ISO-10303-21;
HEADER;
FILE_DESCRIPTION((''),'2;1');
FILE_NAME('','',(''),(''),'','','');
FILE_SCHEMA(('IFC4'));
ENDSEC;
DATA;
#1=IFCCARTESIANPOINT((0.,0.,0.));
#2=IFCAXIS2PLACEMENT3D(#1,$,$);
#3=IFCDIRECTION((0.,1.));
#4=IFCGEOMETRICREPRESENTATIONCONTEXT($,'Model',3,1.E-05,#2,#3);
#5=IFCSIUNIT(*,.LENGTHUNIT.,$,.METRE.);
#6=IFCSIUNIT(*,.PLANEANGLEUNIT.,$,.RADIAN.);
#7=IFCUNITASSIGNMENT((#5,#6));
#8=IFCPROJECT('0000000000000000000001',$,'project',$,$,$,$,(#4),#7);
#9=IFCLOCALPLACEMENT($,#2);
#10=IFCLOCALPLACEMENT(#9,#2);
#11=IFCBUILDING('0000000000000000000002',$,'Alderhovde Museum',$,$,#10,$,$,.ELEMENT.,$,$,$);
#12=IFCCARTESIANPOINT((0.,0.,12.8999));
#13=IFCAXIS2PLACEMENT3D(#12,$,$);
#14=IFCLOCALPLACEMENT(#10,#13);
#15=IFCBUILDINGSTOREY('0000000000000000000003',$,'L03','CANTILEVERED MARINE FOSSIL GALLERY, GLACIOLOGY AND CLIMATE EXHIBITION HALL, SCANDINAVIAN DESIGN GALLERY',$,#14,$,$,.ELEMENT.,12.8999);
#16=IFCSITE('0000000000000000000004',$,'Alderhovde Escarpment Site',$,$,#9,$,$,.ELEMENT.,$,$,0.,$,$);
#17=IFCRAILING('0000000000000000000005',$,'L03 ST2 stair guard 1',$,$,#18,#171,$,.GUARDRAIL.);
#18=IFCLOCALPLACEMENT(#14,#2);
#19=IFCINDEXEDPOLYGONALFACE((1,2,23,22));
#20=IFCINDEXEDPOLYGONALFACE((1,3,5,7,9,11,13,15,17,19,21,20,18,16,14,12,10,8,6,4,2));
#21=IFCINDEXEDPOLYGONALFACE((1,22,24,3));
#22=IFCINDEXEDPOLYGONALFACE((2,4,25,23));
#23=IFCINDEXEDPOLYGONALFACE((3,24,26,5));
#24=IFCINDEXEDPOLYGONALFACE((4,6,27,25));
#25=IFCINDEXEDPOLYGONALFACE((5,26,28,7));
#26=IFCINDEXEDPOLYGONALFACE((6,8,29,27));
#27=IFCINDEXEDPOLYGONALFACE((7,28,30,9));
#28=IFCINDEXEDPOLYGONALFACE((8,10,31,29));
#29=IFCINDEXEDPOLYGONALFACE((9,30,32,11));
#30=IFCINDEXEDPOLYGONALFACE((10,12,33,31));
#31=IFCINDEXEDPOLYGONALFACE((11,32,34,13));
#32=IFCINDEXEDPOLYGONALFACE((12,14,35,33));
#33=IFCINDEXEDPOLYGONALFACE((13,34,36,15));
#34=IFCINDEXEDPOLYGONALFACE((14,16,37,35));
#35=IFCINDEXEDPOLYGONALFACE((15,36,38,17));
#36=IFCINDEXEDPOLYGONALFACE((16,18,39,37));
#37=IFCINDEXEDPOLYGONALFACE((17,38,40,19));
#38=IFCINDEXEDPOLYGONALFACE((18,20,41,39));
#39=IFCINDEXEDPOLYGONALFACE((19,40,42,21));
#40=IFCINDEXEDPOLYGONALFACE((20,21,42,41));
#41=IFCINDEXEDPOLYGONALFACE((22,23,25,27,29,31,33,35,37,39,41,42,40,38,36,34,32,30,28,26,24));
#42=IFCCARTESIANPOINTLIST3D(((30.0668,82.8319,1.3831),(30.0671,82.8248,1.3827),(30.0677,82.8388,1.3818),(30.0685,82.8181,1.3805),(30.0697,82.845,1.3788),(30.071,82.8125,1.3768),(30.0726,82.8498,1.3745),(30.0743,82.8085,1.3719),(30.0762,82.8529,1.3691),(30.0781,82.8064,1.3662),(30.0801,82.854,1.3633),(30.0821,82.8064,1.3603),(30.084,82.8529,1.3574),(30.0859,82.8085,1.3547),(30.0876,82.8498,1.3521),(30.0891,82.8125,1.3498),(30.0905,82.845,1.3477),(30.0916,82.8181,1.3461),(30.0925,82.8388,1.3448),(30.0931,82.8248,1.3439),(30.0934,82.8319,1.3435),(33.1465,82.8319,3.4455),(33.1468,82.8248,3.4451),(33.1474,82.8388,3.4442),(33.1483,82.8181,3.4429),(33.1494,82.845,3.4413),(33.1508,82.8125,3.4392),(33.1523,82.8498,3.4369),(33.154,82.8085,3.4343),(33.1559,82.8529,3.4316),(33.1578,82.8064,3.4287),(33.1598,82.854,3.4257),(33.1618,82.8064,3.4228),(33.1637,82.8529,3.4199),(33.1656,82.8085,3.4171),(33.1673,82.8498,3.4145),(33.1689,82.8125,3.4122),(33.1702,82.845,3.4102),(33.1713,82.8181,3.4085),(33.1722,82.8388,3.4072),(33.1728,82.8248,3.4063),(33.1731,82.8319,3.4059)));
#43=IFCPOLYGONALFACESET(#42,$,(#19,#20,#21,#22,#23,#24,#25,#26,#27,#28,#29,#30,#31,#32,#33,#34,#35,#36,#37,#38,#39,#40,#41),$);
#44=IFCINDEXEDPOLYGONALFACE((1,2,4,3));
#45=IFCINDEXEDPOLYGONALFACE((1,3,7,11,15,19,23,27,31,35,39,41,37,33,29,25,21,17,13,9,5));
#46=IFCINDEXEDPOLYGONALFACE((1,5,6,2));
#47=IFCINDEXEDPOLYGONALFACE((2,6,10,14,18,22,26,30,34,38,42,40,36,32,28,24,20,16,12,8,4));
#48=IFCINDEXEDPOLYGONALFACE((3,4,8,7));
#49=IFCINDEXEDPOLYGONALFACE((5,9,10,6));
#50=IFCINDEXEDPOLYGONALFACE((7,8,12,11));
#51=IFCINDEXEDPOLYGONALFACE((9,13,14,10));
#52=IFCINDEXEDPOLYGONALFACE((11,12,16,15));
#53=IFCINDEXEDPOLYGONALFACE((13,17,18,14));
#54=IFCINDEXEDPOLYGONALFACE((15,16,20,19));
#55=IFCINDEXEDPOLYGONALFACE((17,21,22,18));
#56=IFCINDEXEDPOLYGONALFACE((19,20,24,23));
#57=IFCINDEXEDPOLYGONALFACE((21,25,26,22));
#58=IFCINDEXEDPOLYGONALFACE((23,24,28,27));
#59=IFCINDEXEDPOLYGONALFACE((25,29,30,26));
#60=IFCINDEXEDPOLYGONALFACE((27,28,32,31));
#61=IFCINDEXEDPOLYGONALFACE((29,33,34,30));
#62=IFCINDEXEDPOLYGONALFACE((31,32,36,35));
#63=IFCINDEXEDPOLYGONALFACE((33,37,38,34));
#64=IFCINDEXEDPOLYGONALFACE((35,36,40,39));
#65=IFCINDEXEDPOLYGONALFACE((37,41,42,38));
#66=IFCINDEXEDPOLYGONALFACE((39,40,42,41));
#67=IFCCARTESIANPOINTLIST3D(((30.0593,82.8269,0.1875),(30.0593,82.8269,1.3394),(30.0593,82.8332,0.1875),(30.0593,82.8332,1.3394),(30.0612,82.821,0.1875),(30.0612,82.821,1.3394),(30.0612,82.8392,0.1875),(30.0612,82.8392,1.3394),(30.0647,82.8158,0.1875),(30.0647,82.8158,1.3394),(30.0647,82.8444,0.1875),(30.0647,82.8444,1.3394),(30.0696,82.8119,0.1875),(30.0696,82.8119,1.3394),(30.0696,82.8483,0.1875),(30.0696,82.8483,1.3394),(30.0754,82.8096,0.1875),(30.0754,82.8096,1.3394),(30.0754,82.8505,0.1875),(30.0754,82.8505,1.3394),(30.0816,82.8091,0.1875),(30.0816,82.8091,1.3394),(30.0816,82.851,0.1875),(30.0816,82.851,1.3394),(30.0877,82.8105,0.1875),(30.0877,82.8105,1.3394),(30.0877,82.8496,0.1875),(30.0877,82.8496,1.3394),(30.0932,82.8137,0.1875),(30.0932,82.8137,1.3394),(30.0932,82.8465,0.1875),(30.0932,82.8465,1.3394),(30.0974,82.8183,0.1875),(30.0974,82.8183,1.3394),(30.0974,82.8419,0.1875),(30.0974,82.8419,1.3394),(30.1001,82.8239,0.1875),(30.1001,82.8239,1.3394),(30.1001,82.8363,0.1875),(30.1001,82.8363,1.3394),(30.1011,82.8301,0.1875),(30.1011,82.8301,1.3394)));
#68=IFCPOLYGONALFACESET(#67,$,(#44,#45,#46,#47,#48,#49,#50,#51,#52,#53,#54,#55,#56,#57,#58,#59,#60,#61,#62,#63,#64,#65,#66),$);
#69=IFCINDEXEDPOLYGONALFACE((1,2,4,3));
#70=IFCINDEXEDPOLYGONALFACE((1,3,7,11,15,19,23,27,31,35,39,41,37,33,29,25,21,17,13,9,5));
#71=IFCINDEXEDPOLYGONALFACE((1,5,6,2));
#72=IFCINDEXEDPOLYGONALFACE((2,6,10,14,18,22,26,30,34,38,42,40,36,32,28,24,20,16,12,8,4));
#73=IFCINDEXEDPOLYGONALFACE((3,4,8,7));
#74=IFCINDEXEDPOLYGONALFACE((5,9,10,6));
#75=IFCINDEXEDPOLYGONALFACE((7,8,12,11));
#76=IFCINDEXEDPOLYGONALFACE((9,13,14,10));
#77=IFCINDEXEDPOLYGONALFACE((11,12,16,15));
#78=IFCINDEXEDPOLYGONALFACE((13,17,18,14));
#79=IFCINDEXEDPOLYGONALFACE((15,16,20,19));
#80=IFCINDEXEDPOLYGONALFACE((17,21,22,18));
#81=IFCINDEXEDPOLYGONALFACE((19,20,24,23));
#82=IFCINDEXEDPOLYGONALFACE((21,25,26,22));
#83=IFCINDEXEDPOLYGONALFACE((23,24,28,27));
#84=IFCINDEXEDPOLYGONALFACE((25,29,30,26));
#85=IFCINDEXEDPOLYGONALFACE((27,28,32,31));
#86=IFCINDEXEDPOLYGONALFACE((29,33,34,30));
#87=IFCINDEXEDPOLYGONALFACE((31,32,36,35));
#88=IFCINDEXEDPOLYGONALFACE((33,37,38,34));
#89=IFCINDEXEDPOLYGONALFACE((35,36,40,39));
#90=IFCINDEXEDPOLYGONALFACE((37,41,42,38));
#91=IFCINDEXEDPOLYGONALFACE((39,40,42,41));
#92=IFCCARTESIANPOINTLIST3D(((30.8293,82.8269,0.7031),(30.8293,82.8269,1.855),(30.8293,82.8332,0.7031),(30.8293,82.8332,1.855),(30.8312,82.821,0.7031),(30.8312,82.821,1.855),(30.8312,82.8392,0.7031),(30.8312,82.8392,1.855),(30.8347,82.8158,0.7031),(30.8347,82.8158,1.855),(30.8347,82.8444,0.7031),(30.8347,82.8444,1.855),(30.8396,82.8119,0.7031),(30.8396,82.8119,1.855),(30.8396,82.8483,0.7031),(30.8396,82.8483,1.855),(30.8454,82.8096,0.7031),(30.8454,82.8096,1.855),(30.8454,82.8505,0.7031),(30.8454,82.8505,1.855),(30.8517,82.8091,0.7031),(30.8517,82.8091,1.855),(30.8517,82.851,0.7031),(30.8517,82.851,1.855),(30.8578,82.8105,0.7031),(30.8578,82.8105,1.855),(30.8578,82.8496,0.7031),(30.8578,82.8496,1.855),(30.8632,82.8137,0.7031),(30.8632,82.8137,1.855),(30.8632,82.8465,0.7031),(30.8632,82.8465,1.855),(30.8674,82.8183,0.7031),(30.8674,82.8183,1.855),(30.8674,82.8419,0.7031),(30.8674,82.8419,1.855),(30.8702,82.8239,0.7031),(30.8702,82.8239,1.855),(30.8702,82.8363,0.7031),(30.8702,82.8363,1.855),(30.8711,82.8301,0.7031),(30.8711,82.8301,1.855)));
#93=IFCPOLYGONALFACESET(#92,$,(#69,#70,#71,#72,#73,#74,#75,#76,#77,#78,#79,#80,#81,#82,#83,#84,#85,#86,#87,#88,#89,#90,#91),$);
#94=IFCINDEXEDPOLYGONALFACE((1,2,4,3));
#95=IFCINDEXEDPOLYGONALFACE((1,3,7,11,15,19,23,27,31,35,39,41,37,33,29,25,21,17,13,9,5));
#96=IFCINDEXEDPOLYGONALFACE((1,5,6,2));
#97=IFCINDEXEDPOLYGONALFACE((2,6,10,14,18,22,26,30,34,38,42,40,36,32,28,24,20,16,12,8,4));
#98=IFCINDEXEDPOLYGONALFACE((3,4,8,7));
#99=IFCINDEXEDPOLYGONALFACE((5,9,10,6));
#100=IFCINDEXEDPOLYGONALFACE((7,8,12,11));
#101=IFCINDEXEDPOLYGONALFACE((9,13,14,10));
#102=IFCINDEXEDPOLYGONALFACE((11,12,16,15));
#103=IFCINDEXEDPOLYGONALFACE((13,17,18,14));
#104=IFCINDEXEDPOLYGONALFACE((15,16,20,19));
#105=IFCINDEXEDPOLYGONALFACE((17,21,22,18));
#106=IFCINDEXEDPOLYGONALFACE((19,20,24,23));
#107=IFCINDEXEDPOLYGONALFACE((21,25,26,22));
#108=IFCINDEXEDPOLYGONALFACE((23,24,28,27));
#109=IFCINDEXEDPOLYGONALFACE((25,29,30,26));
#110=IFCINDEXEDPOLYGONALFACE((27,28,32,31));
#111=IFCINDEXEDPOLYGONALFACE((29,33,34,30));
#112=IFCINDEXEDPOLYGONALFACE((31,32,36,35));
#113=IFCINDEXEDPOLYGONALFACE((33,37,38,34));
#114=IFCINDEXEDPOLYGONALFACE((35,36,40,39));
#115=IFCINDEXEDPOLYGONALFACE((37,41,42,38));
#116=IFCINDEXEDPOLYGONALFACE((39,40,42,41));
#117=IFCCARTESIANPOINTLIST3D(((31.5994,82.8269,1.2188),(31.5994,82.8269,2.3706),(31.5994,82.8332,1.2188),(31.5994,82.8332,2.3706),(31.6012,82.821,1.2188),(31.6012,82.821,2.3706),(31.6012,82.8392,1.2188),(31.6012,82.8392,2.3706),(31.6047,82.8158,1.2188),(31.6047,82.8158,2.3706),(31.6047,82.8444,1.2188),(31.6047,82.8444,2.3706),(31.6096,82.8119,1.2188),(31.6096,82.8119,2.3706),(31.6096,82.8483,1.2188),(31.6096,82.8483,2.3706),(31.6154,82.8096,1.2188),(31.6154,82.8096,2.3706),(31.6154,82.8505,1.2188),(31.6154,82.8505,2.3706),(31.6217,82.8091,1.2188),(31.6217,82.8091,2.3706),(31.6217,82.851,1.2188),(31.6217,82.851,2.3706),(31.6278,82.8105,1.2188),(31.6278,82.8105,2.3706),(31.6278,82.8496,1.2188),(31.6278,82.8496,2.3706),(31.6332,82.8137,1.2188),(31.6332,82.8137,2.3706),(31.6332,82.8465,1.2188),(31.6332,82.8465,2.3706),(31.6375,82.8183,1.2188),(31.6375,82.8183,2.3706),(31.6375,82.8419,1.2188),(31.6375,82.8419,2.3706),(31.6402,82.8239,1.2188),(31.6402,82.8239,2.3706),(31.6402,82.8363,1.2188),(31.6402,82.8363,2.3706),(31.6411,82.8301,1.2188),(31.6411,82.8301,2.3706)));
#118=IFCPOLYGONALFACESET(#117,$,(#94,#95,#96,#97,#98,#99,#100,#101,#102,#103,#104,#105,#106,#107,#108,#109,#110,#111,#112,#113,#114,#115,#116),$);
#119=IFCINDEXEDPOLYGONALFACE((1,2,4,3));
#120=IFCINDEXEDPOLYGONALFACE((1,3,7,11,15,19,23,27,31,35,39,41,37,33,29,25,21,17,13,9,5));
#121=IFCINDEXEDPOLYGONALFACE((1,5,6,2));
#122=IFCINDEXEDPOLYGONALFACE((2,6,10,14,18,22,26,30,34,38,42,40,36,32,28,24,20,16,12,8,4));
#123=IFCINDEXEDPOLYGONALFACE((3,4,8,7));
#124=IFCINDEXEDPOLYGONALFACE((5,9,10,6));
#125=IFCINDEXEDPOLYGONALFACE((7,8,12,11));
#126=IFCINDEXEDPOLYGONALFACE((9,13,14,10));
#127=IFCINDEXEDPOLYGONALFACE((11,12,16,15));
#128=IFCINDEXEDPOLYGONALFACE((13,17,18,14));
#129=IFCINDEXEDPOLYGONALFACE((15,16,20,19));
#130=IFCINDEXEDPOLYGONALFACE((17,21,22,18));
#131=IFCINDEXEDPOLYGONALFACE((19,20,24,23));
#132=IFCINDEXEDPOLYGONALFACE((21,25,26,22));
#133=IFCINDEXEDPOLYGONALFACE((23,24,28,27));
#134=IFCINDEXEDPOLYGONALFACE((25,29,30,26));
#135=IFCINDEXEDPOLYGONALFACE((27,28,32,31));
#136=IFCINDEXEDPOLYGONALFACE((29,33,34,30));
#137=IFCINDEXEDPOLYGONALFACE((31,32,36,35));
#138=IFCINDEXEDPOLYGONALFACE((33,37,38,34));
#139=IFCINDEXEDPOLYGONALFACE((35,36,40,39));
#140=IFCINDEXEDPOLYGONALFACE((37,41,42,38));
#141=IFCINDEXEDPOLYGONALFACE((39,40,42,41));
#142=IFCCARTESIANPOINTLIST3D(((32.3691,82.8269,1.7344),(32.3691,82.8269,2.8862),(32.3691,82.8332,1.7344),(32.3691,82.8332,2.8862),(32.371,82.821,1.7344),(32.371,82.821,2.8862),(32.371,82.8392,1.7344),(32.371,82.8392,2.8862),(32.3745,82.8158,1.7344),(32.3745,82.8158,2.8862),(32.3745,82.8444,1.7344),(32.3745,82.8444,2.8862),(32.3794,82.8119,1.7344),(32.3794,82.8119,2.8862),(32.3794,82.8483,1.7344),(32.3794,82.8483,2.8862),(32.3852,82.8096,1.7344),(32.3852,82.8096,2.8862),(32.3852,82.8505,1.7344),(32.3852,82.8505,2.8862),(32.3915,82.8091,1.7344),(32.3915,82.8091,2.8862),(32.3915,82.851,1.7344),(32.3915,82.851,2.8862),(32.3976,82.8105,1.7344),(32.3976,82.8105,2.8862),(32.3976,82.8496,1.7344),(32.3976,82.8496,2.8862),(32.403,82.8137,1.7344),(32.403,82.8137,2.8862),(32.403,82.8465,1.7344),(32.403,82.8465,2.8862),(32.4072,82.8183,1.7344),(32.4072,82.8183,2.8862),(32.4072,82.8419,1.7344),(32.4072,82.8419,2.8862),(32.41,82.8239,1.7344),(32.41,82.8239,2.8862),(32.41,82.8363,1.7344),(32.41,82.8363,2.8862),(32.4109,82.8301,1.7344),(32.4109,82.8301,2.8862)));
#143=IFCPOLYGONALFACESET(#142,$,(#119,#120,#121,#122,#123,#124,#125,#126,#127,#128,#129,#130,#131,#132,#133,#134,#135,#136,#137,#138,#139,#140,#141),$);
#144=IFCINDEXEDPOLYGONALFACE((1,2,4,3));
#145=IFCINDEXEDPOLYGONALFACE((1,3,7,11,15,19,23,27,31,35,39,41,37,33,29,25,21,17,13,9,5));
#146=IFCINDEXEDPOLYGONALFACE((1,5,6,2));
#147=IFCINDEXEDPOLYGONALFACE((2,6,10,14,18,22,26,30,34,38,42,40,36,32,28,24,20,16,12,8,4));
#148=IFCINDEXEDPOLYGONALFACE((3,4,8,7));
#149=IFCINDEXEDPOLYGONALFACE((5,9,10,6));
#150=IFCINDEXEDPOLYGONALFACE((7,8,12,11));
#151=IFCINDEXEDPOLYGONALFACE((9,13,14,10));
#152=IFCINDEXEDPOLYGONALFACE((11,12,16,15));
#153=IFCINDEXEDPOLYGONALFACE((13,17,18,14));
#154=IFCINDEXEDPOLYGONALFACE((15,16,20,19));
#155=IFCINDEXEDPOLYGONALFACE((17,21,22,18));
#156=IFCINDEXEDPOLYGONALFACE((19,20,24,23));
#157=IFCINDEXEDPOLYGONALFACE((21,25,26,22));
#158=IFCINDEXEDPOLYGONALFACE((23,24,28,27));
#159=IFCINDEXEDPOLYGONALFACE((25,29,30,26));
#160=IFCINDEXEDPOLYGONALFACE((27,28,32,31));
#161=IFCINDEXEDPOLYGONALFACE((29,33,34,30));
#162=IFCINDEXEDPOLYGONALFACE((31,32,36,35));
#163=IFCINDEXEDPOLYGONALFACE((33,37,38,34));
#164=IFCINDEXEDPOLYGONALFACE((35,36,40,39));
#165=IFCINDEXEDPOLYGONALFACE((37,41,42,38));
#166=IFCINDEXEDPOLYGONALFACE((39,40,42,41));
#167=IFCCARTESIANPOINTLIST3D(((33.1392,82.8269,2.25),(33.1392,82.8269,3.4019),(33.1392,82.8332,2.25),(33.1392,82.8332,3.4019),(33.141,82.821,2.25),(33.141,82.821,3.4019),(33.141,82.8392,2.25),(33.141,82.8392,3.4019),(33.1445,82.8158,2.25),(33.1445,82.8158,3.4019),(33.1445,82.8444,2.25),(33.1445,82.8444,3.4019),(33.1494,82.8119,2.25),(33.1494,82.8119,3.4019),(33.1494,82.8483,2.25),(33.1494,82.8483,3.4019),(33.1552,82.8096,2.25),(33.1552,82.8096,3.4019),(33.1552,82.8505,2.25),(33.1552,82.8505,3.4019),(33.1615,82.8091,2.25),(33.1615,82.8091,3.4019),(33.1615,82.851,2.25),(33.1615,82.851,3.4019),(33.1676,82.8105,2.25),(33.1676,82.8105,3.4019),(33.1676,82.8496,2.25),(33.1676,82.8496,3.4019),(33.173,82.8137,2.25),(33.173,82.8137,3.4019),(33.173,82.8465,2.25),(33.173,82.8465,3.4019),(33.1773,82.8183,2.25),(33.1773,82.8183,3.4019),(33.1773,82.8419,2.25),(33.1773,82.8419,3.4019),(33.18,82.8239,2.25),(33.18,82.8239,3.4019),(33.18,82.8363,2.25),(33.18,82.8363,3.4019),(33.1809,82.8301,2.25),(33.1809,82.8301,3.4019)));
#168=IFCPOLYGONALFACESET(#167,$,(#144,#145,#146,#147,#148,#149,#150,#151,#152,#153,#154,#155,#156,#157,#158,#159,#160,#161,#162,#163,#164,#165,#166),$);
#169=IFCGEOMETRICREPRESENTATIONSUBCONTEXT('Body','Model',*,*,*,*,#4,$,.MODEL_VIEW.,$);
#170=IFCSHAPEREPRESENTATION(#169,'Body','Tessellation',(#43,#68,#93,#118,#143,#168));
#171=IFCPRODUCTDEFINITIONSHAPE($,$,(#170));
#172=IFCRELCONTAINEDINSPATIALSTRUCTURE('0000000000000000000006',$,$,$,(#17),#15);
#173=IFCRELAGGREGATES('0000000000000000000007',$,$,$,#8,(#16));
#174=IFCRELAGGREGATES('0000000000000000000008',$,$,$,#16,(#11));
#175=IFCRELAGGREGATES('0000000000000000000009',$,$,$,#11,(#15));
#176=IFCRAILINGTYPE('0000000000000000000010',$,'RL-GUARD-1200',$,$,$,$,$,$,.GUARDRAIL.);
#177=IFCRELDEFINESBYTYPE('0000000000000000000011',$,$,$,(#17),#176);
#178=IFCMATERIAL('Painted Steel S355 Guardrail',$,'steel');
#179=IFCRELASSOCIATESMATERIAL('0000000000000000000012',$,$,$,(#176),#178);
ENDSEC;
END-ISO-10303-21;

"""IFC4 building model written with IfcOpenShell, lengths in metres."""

from ifc_helpers import new_model, si_unit, direction, frame, origin, origin_2d, place, context, subcontext, project, spatial, circle, extrude, material, type_object, element, save


model = new_model("IFC4")

# Units and contexts
model_context = context("Model", 3, precision=1e-05, world=origin(), true_north=direction((0.0, 1.0)))
body_context = subcontext(model_context, "Body", "Model", "MODEL_VIEW")
ifc_project = project(units=[si_unit("LENGTHUNIT", "METRE"), si_unit("PLANEANGLEUNIT", "RADIAN")], contexts=[model_context])

# Site, building, storey
site_placement = place(None, origin())
site = spatial("IfcSite", under=ifc_project, at=site_placement, Name="Alderhovde Escarpment Site", CompositionType="ELEMENT", RefElevation=0.0)
building_placement = place(site_placement, origin())
building = spatial("IfcBuilding", under=site, at=building_placement, Name="Alderhovde Museum", CompositionType="ELEMENT")
storey_placement = place(building_placement, frame((0.0, 0.0, 12.8999)))
storey = spatial("IfcBuildingStorey", under=building, at=storey_placement, Name="L03", Description="CANTILEVERED MARINE FOSSIL GALLERY, GLACIOLOGY AND CLIMATE EXHIBITION HALL, SCANDINAVIAN DESIGN GALLERY", CompositionType="ELEMENT", Elevation=12.8999)

# Railing
ifc_material_1 = material(Name="Painted Steel S355 Guardrail", Category="steel")
railing_type_1 = type_object("IfcRailingType", Name="RL-GUARD-1200", PredefinedType="GUARDRAIL", material=ifc_material_1)
railing_1_placement = place(storey_placement, frame((30.0801, 82.8301, 0.1875)))
element("IfcRailing", 1, at=railing_1_placement, inside=storey, type_object=railing_type_1, Name="L03 ST2 stair guard 1", PredefinedType="GUARDRAIL", context=body_context, shape_type="SweptSolid", body=[
    extrude(circle(Radius=0.0239, at=origin_2d()), frame((0.0, 0.0, 1.1758), z_axis=(0.830893, 0.0, 0.556432), x_axis=(0.0, 1.0, 0.0)), (0.0, 0.0, 1.0), 3.7065),
    extrude(circle(Radius=0.021, at=origin_2d()), origin(), (0.0, 0.0, 1.0), 1.1519),
    extrude(circle(Radius=0.021, at=origin_2d()), frame((0.77, 0.0, 0.5156)), (0.0, 0.0, 1.0), 1.1519),
    extrude(circle(Radius=0.021, at=origin_2d()), frame((1.54, 0.0, 1.0312)), (0.0, 0.0, 1.0), 1.1519),
    extrude(circle(Radius=0.021, at=origin_2d()), frame((2.3098, 0.0, 1.5469)), (0.0, 0.0, 1.0), 1.1519),
    extrude(circle(Radius=0.021, at=origin_2d()), frame((3.0798, 0.0, 2.0625)), (0.0, 0.0, 1.0), 1.1519),
])

save(model, "model.ifc")
